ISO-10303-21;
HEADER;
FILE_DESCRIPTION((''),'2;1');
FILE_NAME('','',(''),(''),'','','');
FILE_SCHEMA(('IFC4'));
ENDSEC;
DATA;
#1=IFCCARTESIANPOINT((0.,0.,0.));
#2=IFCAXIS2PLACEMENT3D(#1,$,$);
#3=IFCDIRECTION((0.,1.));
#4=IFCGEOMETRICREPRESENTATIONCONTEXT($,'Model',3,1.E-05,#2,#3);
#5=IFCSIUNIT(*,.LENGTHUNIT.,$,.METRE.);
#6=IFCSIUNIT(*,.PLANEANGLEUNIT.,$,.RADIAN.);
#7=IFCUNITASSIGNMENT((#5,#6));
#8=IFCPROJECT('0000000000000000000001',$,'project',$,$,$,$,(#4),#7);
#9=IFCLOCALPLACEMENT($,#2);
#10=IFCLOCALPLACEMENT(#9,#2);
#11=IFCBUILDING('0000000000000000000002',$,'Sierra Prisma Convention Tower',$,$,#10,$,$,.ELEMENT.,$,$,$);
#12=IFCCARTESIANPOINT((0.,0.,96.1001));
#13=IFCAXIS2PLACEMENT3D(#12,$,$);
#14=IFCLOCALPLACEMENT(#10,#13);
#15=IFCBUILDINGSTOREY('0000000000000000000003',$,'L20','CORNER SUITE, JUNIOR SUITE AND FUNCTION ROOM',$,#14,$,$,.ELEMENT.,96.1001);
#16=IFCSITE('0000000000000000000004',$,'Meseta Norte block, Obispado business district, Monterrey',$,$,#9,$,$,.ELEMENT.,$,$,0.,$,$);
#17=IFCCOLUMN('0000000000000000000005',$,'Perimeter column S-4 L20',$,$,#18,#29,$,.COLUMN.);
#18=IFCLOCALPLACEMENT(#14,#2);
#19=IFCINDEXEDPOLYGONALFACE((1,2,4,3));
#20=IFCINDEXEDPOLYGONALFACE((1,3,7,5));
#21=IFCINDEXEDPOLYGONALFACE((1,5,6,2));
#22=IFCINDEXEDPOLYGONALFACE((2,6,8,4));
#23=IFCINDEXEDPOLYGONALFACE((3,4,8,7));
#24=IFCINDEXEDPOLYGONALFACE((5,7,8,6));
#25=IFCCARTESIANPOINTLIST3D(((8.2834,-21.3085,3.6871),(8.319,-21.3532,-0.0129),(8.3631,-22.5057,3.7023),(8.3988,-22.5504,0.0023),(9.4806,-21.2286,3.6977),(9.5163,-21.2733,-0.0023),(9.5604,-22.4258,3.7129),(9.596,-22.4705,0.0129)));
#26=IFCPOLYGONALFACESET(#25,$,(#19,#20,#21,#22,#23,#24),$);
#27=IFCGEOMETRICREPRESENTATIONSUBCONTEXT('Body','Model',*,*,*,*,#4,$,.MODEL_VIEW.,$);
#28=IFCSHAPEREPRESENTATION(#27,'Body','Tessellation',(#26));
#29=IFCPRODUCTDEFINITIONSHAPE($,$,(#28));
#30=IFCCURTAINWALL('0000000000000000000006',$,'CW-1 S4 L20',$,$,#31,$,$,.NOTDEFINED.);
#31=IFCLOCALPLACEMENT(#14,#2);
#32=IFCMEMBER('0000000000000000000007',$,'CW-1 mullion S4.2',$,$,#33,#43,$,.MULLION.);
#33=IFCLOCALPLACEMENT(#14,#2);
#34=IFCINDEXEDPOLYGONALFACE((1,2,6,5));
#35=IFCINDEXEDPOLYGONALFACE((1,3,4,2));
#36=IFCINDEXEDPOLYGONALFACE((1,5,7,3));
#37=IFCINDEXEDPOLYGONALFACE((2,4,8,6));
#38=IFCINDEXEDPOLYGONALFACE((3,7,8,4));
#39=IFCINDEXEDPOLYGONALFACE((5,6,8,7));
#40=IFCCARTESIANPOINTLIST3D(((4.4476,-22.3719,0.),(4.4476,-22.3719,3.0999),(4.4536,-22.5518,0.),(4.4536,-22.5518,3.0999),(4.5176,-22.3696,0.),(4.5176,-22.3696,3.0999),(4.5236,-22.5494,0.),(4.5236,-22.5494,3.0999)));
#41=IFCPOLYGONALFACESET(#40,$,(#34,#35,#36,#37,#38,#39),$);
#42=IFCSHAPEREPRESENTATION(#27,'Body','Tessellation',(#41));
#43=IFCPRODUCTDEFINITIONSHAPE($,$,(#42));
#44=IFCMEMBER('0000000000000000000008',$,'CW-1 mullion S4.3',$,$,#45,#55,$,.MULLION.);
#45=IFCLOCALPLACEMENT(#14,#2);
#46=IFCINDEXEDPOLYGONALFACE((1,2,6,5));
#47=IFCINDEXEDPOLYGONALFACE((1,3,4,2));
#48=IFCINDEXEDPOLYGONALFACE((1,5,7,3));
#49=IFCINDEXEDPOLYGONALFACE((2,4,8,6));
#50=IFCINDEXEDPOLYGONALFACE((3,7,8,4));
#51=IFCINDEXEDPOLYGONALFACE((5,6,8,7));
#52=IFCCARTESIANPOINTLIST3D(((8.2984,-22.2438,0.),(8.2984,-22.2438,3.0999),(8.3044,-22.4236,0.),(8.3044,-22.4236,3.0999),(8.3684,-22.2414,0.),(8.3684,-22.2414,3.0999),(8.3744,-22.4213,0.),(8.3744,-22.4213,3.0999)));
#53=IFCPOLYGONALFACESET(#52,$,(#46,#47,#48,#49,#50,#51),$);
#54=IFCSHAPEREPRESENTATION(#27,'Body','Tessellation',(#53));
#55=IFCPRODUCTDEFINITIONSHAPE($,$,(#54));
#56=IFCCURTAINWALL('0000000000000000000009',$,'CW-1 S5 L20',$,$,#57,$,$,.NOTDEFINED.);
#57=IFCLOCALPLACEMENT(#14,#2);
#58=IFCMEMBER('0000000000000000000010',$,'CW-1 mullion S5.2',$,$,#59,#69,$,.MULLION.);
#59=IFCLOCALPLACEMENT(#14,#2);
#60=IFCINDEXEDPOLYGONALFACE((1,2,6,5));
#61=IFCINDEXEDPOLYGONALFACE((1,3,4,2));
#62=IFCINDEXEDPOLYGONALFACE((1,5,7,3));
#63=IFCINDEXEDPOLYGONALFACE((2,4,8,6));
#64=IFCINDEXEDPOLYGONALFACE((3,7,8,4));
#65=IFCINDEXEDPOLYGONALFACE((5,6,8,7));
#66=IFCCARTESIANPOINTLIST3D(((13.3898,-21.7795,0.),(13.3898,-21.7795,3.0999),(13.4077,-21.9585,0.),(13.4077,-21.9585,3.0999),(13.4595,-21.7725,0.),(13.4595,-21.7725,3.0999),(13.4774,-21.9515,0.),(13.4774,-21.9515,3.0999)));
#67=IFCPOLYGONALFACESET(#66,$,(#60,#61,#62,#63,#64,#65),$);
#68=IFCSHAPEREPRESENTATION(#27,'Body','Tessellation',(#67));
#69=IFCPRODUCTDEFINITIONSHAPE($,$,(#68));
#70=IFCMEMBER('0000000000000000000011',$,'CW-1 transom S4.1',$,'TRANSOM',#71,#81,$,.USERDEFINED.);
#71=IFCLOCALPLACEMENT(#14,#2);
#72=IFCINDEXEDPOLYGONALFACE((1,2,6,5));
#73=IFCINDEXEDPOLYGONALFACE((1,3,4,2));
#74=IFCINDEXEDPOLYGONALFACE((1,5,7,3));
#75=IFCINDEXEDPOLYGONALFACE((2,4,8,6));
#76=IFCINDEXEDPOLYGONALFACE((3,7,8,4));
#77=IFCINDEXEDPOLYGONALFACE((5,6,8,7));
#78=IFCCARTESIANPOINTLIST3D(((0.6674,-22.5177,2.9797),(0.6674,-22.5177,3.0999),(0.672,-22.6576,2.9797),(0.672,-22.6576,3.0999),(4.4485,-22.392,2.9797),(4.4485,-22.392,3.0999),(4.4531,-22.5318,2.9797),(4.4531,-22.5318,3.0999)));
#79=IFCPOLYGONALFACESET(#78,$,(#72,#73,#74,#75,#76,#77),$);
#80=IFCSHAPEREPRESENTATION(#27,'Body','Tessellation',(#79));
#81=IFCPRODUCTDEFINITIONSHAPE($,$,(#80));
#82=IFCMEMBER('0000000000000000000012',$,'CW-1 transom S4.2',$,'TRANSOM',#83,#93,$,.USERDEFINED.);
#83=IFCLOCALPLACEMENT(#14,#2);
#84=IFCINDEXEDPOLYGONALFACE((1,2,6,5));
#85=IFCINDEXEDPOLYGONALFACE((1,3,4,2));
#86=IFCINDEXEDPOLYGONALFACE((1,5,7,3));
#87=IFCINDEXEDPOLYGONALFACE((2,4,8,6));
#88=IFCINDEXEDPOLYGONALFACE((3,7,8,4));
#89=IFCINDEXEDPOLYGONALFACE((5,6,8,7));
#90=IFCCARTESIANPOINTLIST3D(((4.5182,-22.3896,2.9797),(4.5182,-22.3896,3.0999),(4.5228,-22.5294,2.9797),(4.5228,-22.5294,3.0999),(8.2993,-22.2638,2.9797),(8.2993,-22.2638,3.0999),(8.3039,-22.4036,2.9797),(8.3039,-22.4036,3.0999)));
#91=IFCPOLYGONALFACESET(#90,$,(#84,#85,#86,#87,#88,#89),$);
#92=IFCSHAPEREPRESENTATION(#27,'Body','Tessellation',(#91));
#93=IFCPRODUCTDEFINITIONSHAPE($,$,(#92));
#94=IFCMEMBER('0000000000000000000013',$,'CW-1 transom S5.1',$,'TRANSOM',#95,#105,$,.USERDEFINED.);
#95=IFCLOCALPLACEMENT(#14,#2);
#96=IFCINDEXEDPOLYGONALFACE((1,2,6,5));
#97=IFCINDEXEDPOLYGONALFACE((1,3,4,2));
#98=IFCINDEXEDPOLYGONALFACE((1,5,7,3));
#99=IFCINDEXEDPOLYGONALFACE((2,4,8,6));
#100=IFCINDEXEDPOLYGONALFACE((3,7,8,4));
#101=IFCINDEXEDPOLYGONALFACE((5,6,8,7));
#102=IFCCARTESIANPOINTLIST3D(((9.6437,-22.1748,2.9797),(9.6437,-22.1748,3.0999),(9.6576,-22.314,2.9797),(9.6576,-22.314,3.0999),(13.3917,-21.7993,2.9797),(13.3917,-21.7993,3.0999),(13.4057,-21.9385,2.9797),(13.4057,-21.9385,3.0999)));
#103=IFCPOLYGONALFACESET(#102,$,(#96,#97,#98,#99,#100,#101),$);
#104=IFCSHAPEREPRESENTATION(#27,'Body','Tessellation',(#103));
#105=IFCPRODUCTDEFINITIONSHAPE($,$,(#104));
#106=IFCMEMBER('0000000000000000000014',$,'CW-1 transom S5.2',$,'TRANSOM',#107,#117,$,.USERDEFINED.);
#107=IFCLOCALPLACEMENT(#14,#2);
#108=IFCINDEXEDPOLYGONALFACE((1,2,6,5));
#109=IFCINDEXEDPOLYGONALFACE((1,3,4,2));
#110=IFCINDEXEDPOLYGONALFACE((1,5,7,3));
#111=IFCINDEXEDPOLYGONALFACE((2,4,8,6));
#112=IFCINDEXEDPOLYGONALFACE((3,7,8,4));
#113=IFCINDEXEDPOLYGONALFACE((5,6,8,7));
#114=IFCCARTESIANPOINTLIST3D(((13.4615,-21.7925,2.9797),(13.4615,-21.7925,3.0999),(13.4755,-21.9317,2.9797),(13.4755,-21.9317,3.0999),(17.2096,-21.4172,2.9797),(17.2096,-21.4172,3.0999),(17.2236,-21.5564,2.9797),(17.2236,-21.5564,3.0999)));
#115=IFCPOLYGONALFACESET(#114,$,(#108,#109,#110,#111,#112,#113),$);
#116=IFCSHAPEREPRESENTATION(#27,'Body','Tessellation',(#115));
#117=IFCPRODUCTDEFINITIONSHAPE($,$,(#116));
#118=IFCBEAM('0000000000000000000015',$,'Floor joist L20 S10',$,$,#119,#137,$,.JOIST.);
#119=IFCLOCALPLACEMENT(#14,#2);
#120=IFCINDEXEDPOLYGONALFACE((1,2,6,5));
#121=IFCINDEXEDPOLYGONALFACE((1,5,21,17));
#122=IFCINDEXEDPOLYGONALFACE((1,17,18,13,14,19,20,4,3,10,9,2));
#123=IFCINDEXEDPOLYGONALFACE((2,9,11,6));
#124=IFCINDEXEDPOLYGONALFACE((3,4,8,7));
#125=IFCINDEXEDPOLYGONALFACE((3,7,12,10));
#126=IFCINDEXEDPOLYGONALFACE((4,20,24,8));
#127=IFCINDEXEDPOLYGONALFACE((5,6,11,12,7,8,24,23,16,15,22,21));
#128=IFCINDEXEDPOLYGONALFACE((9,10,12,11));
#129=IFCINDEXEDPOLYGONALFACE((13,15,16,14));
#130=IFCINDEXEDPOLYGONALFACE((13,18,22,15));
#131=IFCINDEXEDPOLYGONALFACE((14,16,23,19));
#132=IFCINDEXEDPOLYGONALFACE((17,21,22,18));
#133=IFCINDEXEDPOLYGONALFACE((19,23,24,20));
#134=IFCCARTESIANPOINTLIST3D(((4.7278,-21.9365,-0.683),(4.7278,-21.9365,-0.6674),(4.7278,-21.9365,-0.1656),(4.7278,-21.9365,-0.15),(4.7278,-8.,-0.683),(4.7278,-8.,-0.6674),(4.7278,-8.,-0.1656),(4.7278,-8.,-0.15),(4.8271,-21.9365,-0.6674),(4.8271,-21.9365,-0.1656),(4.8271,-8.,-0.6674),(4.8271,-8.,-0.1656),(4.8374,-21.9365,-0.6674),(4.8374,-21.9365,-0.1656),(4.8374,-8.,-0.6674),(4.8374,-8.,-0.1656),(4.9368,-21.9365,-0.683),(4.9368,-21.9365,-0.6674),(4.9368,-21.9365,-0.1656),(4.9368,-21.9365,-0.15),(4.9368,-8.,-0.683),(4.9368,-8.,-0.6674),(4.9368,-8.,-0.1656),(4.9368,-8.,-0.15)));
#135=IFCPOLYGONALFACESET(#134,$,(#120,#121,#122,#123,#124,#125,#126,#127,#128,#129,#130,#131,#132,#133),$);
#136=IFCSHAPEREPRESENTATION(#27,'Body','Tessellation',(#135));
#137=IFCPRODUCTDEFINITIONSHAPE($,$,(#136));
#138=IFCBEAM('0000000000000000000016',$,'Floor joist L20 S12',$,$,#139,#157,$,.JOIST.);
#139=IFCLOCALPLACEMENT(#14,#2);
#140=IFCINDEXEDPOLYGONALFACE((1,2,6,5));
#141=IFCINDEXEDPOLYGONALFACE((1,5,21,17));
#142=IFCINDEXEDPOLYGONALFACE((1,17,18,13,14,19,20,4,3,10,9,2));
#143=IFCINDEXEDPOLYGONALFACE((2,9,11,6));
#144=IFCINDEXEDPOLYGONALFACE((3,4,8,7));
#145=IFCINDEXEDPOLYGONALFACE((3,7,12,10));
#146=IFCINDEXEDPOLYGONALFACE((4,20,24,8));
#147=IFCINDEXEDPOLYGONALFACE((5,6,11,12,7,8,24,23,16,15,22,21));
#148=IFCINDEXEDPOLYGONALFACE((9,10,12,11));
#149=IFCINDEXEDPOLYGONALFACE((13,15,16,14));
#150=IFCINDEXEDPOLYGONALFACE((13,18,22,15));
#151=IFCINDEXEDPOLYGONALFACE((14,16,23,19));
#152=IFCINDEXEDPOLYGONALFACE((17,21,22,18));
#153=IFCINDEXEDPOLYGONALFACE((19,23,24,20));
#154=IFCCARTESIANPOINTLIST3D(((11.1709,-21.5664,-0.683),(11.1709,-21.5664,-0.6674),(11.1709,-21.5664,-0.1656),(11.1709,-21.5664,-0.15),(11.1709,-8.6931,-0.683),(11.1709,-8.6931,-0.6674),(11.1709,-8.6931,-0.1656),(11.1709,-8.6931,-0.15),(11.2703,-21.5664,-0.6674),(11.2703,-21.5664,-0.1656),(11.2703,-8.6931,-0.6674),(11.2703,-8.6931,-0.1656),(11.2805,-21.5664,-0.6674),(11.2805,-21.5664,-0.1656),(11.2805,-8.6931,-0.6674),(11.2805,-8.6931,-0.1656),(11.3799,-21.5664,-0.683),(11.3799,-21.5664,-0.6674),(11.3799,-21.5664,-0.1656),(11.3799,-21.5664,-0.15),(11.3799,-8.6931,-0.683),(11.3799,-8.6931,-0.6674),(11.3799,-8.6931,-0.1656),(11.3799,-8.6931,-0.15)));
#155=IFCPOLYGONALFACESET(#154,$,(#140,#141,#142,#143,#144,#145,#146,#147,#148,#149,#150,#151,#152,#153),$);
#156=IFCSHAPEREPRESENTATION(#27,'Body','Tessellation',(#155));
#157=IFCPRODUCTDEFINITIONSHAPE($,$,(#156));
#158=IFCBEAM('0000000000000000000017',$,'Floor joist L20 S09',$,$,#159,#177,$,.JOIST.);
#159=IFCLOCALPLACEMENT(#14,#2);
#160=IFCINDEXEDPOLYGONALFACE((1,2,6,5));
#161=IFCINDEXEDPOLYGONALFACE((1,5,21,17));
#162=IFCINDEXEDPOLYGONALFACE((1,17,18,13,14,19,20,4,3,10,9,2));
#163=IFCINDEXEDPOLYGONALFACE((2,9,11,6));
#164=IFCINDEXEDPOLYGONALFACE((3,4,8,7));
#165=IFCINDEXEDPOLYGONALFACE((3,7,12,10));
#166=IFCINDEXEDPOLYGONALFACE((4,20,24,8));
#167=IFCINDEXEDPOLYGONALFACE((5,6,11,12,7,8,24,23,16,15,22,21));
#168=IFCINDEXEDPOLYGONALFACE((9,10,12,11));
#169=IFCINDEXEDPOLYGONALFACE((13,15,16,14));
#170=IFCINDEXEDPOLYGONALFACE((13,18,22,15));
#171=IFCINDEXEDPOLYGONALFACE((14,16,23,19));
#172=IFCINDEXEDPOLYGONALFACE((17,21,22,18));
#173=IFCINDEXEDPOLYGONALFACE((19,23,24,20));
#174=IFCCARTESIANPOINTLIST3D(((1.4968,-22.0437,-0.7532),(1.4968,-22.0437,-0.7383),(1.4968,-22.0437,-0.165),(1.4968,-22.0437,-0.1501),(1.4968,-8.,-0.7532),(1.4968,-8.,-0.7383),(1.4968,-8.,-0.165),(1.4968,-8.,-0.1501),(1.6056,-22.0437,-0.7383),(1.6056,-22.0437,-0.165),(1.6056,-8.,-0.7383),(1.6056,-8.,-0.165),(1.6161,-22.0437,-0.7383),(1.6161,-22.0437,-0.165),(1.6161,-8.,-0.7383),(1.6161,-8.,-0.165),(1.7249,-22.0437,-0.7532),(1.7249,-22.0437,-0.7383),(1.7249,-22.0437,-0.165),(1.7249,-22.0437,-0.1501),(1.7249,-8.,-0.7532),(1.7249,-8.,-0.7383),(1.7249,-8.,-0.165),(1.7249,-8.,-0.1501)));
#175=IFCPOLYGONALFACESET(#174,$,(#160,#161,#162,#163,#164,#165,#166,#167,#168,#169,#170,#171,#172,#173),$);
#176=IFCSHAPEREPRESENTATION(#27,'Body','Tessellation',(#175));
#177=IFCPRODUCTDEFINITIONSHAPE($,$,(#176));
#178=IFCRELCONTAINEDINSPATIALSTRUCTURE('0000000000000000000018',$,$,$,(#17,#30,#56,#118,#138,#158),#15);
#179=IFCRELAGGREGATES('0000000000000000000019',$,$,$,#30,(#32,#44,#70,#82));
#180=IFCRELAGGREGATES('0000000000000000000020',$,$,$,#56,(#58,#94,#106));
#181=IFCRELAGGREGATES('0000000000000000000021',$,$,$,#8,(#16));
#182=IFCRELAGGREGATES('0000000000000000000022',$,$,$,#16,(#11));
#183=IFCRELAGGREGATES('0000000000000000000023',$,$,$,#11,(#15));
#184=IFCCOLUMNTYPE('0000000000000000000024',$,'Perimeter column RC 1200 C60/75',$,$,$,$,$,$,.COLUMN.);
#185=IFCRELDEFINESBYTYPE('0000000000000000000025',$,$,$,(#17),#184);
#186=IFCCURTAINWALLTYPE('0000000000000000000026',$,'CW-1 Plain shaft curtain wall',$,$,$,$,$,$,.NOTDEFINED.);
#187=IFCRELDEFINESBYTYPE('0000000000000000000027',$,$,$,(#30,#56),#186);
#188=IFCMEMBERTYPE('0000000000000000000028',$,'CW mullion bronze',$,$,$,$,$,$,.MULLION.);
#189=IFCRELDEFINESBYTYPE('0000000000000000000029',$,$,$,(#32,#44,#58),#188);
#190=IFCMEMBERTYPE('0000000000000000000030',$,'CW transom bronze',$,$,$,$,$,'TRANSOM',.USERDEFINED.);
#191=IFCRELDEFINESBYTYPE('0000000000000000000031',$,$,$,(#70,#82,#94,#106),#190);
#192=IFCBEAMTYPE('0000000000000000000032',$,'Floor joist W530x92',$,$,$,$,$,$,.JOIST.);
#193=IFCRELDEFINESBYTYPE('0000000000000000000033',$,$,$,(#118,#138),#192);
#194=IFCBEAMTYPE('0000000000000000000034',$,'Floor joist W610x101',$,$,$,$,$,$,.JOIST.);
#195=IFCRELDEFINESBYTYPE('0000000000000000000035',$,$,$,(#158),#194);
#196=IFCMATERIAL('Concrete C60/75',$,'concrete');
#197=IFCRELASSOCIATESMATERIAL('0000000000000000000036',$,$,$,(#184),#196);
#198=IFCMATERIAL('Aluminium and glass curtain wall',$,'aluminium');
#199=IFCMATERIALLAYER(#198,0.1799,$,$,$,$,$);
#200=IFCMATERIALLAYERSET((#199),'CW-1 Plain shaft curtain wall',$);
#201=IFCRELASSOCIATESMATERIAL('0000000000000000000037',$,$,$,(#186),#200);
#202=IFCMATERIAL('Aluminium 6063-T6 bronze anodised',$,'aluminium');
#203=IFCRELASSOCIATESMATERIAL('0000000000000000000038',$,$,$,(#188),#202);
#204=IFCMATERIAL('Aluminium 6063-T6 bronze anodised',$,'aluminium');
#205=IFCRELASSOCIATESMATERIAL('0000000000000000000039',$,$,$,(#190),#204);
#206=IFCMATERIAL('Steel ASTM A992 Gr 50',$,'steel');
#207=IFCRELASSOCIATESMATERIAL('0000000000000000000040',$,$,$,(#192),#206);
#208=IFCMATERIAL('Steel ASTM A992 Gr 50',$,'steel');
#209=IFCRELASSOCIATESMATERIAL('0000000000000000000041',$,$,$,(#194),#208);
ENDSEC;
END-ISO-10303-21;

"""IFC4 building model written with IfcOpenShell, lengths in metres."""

from ifc_helpers import new_model, si_unit, direction, frame, origin, origin_2d, place, context, subcontext, project, spatial, rectangle, i_section, extrude, material, layer, layer_set, material_profile, profile_set, type_object, element, aggregate, save


model = new_model("IFC4")

# Units and contexts
model_context = context("Model", 3, precision=1e-05, world=origin(), true_north=direction((0.0, 1.0)))
body_context = subcontext(model_context, "Body", "Model", "MODEL_VIEW")
ifc_project = project(units=[si_unit("LENGTHUNIT", "METRE"), si_unit("PLANEANGLEUNIT", "RADIAN")], contexts=[model_context])

# Site, building, storey
site_placement = place(None, origin())
site = spatial("IfcSite", under=ifc_project, at=site_placement, Name="Meseta Norte block, Obispado business district, Monterrey", CompositionType="ELEMENT", RefElevation=0.0)
building_placement = place(site_placement, origin())
building = spatial("IfcBuilding", under=site, at=building_placement, Name="Sierra Prisma Convention Tower", CompositionType="ELEMENT")
storey_placement = place(building_placement, frame((0.0, 0.0, 96.1001)))
storey = spatial("IfcBuildingStorey", under=building, at=storey_placement, Name="L20", Description="CORNER SUITE, JUNIOR SUITE AND FUNCTION ROOM", CompositionType="ELEMENT", Elevation=96.1001)

# Column
ifc_material_1 = material(Name="Concrete C60/75", Category="concrete")
ifc_material_profile_1 = material_profile(ifc_material_1, rectangle(XDim=1.2, YDim=1.2, at=origin_2d()), Name="Perimeter column RC 1200 C60/75")
ifc_profile_set_1 = profile_set([ifc_material_profile_1], Name="Concrete C60/75")
column_type = type_object("IfcColumnType", Name="Perimeter column RC 1200 C60/75", PredefinedType="COLUMN", material=ifc_profile_set_1)
column_placement = place(storey_placement, frame((8.9575, -21.9119, 0.0), z_axis=(-0.009633, 0.012074, 0.999881), x_axis=(0.997741, 0.066592, 0.008808)))
element("IfcColumn", 1, at=column_placement, inside=storey, type_object=column_type, Name="Perimeter column S-4 L20", PredefinedType="COLUMN", context=body_context, shape_type="SweptSolid", body=[
    extrude(rectangle(XDim=1.2, YDim=1.2, at=origin_2d()), origin(), (0.0, 0.0, 1.0), 3.7004),
])

# Curtain wall, members
ifc_material_2 = material(Name="Aluminium and glass curtain wall", Category="aluminium")
ifc_layer_1 = layer(ifc_material_2, 0.1799)
ifc_layer_set_1 = layer_set([ifc_layer_1], Name="CW-1 Plain shaft curtain wall")
curtain_wall_type = type_object("IfcCurtainWallType", Name="CW-1 Plain shaft curtain wall", PredefinedType="NOTDEFINED", material=ifc_layer_set_1)
curtain_wall_1_placement = place(storey_placement, origin())
curtain_wall_1 = element("IfcCurtainWall", 2, at=curtain_wall_1_placement, inside=storey, type_object=curtain_wall_type, Name="CW-1 S4 L20", PredefinedType="NOTDEFINED")
ifc_material_3 = material(Name="Aluminium 6063-T6 bronze anodised", Category="aluminium")
ifc_material_profile_2 = material_profile(ifc_material_3, rectangle(XDim=0.1799, YDim=0.0701, at=origin_2d()), Name="ALU MULLION 70x180")
ifc_profile_set_2 = profile_set([ifc_material_profile_2], Name="Aluminium 6063-T6 bronze anodised")
member_type_1 = type_object("IfcMemberType", Name="CW mullion bronze", PredefinedType="MULLION", material=ifc_profile_set_2)
member_1_placement = place(storey_placement, frame((4.4856, -22.4607, 0.0), z_axis=(0.0, 0.0, 1.0), x_axis=(-0.033259, 0.999447, 0.0)))
member_1 = element("IfcMember", 3, at=member_1_placement, type_object=member_type_1, Name="CW-1 mullion S4.2", PredefinedType="MULLION", context=body_context, shape_type="SweptSolid", body=[
    extrude(rectangle(XDim=0.1799, YDim=0.0701, at=origin_2d()), origin(), (0.0, 0.0, 1.0), 3.0999),
])
member_2_placement = place(storey_placement, frame((8.3364, -22.3325, 0.0), z_axis=(0.0, 0.0, 1.0), x_axis=(-0.033259, 0.999447, 0.0)))
member_2 = element("IfcMember", 4, at=member_2_placement, type_object=member_type_1, Name="CW-1 mullion S4.3", PredefinedType="MULLION", context=body_context, shape_type="SweptSolid", body=[
    extrude(rectangle(XDim=0.1799, YDim=0.0701, at=origin_2d()), origin(), (0.0, 0.0, 1.0), 3.0999),
])

# Curtain wall, member
curtain_wall_2_placement = place(storey_placement, origin())
curtain_wall_2 = element("IfcCurtainWall", 5, at=curtain_wall_2_placement, inside=storey, type_object=curtain_wall_type, Name="CW-1 S5 L20", PredefinedType="NOTDEFINED")
member_3_placement = place(storey_placement, frame((13.4336, -21.8655, 0.0), z_axis=(0.0, 0.0, 1.0), x_axis=(-0.099629, 0.995025, 0.0)))
member_3 = element("IfcMember", 6, at=member_3_placement, type_object=member_type_1, Name="CW-1 mullion S5.2", PredefinedType="MULLION", context=body_context, shape_type="SweptSolid", body=[
    extrude(rectangle(XDim=0.1799, YDim=0.0701, at=origin_2d()), origin(), (0.0, 0.0, 1.0), 3.0999),
])

# Members
ifc_material_4 = material(Name="Aluminium 6063-T6 bronze anodised", Category="aluminium")
ifc_material_profile_3 = material_profile(ifc_material_4, rectangle(XDim=0.1399, YDim=0.1201, at=origin_2d()), Name="ALU TRANSOM 120x140")
ifc_profile_set_3 = profile_set([ifc_material_profile_3], Name="Aluminium 6063-T6 bronze anodised")
member_type_2 = type_object("IfcMemberType", Name="CW transom bronze", ElementType="TRANSOM", PredefinedType="USERDEFINED", material=ifc_profile_set_3)
member_4_placement = place(storey_placement, frame((0.6697, -22.5876, 3.0398), z_axis=(0.999448, 0.033235, 0.0), x_axis=(-0.033235, 0.999448, 0.0)))
member_4 = element("IfcMember", 7, at=member_4_placement, type_object=member_type_2, Name="CW-1 transom S4.1", ObjectType="TRANSOM", PredefinedType="USERDEFINED", context=body_context, shape_type="SweptSolid", body=[
    extrude(rectangle(XDim=0.1399, YDim=0.1201, at=origin_2d()), origin(), (0.0, 0.0, 1.0), 3.7832),
])
member_5_placement = place(storey_placement, frame((4.5205, -22.4595, 3.0398), z_axis=(0.999448, 0.033235, 0.0), x_axis=(-0.033235, 0.999448, 0.0)))
member_5 = element("IfcMember", 8, at=member_5_placement, type_object=member_type_2, Name="CW-1 transom S4.2", ObjectType="TRANSOM", PredefinedType="USERDEFINED", context=body_context, shape_type="SweptSolid", body=[
    extrude(rectangle(XDim=0.1399, YDim=0.1201, at=origin_2d()), origin(), (0.0, 0.0, 1.0), 3.7832),
])
member_6_placement = place(storey_placement, frame((9.6506, -22.2444, 3.0398), z_axis=(0.995019, 0.099683, 0.0), x_axis=(-0.099683, 0.995019, 0.0)))
member_6 = element("IfcMember", 9, at=member_6_placement, type_object=member_type_2, Name="CW-1 transom S5.1", ObjectType="TRANSOM", PredefinedType="USERDEFINED", context=body_context, shape_type="SweptSolid", body=[
    extrude(rectangle(XDim=0.1399, YDim=0.1201, at=origin_2d()), origin(), (0.0, 0.0, 1.0), 3.7668),
])
member_7_placement = place(storey_placement, frame((13.4685, -21.8621, 3.0398), z_axis=(0.995026, 0.099619, 0.0), x_axis=(-0.099619, 0.995026, 0.0)))
member_7 = element("IfcMember", 10, at=member_7_placement, type_object=member_type_2, Name="CW-1 transom S5.2", ObjectType="TRANSOM", PredefinedType="USERDEFINED", context=body_context, shape_type="SweptSolid", body=[
    extrude(rectangle(XDim=0.1399, YDim=0.1201, at=origin_2d()), origin(), (0.0, 0.0, 1.0), 3.7668),
])

# Beams
ifc_material_5 = material(Name="Steel ASTM A992 Gr 50", Category="steel")
ifc_material_profile_4 = material_profile(ifc_material_5, i_section(OverallWidth=0.209, OverallDepth=0.533, WebThickness=0.0103, FlangeThickness=0.0156, at=origin_2d()), Name="W530x92")
ifc_profile_set_4 = profile_set([ifc_material_profile_4], Name="Steel ASTM A992 Gr 50")
beam_type_1 = type_object("IfcBeamType", Name="Floor joist W530x92", PredefinedType="JOIST", material=ifc_profile_set_4)
beam_1_placement = place(storey_placement, frame((4.8323, -21.9365, -0.4165), z_axis=(0.0, 1.0, 0.0), x_axis=(-1.0, 0.0, 0.0)))
element("IfcBeam", 11, at=beam_1_placement, inside=storey, type_object=beam_type_1, Name="Floor joist L20 S10", PredefinedType="JOIST", context=body_context, shape_type="SweptSolid", body=[
    extrude(i_section(OverallWidth=0.209, OverallDepth=0.533, WebThickness=0.0103, FlangeThickness=0.0156, at=origin_2d()), origin(), (0.0, 0.0, 1.0), 13.9365),
])
beam_2_placement = place(storey_placement, frame((11.2754, -21.5664, -0.4165), z_axis=(0.0, 1.0, 0.0), x_axis=(-1.0, 0.0, 0.0)))
element("IfcBeam", 12, at=beam_2_placement, inside=storey, type_object=beam_type_1, Name="Floor joist L20 S12", PredefinedType="JOIST", context=body_context, shape_type="SweptSolid", body=[
    extrude(i_section(OverallWidth=0.209, OverallDepth=0.533, WebThickness=0.0103, FlangeThickness=0.0156, at=origin_2d()), origin(), (0.0, 0.0, 1.0), 12.8733),
])
ifc_material_6 = material(Name="Steel ASTM A992 Gr 50", Category="steel")
ifc_material_profile_5 = material_profile(ifc_material_6, i_section(OverallWidth=0.228, OverallDepth=0.603, WebThickness=0.0105, FlangeThickness=0.0149, at=origin_2d()), Name="W610x101")
ifc_profile_set_5 = profile_set([ifc_material_profile_5], Name="Steel ASTM A992 Gr 50")
beam_type_2 = type_object("IfcBeamType", Name="Floor joist W610x101", PredefinedType="JOIST", material=ifc_profile_set_5)
beam_3_placement = place(storey_placement, frame((1.6108, -22.0437, -0.4517), z_axis=(0.0, 1.0, 0.0), x_axis=(-1.0, 0.0, 0.0)))
element("IfcBeam", 13, at=beam_3_placement, inside=storey, type_object=beam_type_2, Name="Floor joist L20 S09", PredefinedType="JOIST", context=body_context, shape_type="SweptSolid", body=[
    extrude(i_section(OverallWidth=0.228, OverallDepth=0.603, WebThickness=0.0105, FlangeThickness=0.0149, at=origin_2d()), origin(), (0.0, 0.0, 1.0), 14.0437),
])

aggregate(curtain_wall_1, [member_1, member_2, member_4, member_5])
aggregate(curtain_wall_2, [member_3, member_6, member_7])

save(model, "model.ifc")
